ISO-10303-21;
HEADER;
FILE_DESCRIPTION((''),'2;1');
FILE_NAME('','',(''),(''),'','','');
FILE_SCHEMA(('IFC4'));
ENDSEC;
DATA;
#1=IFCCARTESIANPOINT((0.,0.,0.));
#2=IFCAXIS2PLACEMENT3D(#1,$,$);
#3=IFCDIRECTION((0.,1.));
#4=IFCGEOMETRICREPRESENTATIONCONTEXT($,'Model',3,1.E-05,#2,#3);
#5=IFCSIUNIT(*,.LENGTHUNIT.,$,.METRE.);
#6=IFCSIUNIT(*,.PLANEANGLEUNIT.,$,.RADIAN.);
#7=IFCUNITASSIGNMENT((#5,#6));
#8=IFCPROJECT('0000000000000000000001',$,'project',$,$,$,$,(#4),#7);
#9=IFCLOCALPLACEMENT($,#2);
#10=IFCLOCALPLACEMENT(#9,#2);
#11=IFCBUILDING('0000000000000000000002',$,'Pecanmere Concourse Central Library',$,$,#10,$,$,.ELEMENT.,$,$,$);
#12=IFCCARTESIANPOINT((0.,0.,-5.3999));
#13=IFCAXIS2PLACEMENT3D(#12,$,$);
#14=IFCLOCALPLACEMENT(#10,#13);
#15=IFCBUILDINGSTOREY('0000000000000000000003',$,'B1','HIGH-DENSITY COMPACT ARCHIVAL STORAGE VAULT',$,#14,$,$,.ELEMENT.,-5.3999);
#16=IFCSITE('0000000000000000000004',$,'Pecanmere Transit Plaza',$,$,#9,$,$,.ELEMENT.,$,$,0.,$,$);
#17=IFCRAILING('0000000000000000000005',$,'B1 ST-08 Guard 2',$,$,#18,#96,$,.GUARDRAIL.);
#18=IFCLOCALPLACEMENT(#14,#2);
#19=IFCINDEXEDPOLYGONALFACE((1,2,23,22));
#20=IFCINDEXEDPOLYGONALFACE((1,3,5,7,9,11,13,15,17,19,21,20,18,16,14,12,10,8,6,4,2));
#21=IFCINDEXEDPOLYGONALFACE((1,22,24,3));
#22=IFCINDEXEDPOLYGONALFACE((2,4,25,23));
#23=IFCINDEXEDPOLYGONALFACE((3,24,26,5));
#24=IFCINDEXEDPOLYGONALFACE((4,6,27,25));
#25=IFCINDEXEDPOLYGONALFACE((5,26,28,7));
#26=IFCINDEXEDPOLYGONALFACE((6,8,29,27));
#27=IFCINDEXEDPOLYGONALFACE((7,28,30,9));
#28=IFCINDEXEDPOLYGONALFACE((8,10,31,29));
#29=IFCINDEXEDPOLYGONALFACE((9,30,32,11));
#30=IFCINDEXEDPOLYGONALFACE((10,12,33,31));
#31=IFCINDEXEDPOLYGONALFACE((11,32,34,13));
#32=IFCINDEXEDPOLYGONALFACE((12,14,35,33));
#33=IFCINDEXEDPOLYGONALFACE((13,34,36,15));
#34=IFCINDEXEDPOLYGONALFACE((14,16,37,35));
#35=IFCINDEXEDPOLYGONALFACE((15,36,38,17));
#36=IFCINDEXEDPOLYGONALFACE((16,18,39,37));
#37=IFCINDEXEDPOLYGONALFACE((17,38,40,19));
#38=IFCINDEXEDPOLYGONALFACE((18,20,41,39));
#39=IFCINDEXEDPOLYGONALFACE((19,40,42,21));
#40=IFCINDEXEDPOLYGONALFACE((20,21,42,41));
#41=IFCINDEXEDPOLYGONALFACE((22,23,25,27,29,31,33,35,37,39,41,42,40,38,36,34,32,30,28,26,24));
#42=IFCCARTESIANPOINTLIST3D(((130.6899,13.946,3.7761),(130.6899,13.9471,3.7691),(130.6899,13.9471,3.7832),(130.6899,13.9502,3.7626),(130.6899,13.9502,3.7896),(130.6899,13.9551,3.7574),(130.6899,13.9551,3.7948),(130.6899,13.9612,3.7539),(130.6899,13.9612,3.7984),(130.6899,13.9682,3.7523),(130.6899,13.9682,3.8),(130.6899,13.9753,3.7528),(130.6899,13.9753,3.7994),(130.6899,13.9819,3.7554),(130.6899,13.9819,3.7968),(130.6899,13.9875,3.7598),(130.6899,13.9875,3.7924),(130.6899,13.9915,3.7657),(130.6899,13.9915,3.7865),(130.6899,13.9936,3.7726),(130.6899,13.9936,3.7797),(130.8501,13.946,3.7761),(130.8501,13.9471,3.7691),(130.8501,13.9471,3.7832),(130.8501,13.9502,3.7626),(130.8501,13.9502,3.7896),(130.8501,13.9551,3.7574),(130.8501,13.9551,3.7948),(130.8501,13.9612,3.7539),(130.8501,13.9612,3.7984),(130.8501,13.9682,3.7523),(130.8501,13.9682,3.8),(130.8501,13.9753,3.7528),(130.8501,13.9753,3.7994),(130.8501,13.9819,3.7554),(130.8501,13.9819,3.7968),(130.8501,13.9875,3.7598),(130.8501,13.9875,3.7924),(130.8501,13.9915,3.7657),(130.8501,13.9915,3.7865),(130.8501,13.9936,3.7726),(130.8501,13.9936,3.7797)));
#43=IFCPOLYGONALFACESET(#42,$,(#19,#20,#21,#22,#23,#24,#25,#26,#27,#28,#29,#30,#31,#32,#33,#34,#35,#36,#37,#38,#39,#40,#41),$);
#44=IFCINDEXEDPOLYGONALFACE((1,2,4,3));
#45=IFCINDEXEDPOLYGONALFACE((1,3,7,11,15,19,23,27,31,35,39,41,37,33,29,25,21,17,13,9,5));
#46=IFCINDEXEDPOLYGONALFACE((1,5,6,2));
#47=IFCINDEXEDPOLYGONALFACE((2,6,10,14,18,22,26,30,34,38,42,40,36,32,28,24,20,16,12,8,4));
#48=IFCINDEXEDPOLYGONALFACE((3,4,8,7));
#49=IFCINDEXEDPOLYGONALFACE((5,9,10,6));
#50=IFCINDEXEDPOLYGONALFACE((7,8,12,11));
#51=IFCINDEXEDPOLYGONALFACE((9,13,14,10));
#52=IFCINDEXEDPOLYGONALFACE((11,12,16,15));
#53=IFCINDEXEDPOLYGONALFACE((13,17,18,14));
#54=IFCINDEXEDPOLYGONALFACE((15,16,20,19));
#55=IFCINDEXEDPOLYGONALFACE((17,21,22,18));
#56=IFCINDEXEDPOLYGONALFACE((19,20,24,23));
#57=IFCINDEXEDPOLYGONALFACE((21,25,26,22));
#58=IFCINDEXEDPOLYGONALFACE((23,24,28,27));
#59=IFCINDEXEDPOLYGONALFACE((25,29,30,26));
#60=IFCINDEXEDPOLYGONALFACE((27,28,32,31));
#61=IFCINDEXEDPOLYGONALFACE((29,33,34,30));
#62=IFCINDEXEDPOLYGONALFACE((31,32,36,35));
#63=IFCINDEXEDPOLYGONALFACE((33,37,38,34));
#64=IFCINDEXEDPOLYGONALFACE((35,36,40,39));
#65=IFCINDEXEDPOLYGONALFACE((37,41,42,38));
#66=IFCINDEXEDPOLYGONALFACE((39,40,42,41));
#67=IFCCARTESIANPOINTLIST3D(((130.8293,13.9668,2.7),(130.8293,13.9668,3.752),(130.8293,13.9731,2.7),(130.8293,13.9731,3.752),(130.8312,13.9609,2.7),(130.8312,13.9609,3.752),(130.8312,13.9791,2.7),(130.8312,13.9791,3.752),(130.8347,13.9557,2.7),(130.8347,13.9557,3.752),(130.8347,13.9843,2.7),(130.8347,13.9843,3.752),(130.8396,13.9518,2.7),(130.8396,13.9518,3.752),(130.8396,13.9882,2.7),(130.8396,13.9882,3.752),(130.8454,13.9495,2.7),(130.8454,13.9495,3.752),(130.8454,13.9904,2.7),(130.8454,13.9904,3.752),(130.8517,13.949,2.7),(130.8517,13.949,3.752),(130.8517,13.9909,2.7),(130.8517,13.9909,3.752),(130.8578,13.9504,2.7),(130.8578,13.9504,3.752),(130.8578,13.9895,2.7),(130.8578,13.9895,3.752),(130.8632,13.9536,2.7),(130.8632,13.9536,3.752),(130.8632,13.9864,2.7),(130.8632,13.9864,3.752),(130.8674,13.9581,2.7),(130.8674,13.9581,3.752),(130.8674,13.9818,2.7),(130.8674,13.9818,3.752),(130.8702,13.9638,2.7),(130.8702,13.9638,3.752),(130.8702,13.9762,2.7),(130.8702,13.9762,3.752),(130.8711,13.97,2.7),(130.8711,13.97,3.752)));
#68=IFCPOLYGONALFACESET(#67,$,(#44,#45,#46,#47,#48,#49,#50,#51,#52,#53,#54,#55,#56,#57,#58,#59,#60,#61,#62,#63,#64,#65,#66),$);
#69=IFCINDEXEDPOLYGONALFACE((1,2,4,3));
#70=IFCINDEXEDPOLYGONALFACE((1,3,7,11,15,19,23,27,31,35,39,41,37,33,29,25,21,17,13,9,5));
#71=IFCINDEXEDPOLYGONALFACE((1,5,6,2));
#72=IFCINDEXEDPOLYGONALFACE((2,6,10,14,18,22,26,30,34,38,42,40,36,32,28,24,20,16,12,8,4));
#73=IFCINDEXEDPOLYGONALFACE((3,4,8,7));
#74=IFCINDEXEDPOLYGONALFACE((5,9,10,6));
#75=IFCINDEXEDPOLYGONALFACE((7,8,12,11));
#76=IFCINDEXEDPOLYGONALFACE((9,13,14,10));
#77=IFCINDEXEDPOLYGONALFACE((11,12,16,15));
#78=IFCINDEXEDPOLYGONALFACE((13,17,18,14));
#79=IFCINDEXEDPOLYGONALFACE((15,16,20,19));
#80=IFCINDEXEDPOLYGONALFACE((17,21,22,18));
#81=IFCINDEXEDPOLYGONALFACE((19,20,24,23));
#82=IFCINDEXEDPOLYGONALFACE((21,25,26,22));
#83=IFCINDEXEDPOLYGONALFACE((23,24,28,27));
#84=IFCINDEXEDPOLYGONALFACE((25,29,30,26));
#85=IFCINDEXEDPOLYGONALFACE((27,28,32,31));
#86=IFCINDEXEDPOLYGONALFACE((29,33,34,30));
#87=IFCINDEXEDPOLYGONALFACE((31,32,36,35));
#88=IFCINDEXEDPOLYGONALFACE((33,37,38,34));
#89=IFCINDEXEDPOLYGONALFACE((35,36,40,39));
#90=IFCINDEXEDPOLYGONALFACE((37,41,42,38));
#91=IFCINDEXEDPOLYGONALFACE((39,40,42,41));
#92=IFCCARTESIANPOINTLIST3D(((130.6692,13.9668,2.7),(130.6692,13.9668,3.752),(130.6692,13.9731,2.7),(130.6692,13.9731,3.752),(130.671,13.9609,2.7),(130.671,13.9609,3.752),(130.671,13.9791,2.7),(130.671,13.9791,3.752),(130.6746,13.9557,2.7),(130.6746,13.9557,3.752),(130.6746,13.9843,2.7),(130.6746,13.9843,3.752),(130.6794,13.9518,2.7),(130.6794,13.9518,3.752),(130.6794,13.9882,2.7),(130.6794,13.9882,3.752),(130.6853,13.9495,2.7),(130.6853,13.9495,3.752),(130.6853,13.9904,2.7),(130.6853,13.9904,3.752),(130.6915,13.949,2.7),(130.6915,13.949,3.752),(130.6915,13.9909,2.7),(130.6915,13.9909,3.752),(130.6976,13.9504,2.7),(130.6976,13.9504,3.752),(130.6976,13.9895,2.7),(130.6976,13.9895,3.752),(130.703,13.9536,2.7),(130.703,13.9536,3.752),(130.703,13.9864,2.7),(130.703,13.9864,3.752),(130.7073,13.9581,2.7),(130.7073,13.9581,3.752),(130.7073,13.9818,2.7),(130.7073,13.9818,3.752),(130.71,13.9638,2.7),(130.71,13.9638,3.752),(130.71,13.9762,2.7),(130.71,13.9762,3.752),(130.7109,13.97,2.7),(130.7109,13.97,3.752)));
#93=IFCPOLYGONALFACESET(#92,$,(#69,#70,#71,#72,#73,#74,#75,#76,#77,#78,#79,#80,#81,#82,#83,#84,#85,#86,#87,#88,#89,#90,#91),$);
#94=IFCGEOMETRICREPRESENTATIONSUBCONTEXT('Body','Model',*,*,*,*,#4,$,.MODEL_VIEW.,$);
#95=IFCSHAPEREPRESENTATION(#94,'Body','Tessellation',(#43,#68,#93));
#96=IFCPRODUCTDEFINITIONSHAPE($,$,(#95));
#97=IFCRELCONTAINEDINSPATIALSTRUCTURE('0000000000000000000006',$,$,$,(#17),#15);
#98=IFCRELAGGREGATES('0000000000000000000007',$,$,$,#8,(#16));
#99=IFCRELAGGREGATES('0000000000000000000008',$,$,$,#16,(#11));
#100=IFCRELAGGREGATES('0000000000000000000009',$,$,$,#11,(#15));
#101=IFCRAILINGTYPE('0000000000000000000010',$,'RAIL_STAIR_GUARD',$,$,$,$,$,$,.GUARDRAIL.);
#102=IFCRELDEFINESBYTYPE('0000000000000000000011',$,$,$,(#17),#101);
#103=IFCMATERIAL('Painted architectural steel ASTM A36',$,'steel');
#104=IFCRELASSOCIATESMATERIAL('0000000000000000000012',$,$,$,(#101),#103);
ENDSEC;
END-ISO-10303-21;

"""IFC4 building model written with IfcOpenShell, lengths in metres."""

from ifc_helpers import new_model, si_unit, direction, frame, origin, origin_2d, place, context, subcontext, project, spatial, circle, extrude, material, type_object, element, save


model = new_model("IFC4")

# Units and contexts
model_context = context("Model", 3, precision=1e-05, world=origin(), true_north=direction((0.0, 1.0)))
body_context = subcontext(model_context, "Body", "Model", "MODEL_VIEW")
ifc_project = project(units=[si_unit("LENGTHUNIT", "METRE"), si_unit("PLANEANGLEUNIT", "RADIAN")], contexts=[model_context])

# Site, building, storey
site_placement = place(None, origin())
site = spatial("IfcSite", under=ifc_project, at=site_placement, Name="Pecanmere Transit Plaza", CompositionType="ELEMENT", RefElevation=0.0)
building_placement = place(site_placement, origin())
building = spatial("IfcBuilding", under=site, at=building_placement, Name="Pecanmere Concourse Central Library", CompositionType="ELEMENT")
storey_placement = place(building_placement, frame((0.0, 0.0, -5.3999)))
storey = spatial("IfcBuildingStorey", under=building, at=storey_placement, Name="B1", Description="HIGH-DENSITY COMPACT ARCHIVAL STORAGE VAULT", CompositionType="ELEMENT", Elevation=-5.3999)

# Railing
ifc_material_1 = material(Name="Painted architectural steel ASTM A36", Category="steel")
railing_type_1 = type_object("IfcRailingType", Name="RAIL_STAIR_GUARD", PredefinedType="GUARDRAIL", material=ifc_material_1)
railing_1_placement = place(storey_placement, frame((130.8501, 13.97, 2.7)))
element("IfcRailing", 1, at=railing_1_placement, inside=storey, type_object=railing_type_1, Name="B1 ST-08 Guard 2", PredefinedType="GUARDRAIL", context=body_context, shape_type="SweptSolid", body=[
    extrude(circle(Radius=0.0239, at=origin_2d()), frame((0.0, 0.0, 1.0762), z_axis=(-1.0, 0.0, 0.0), x_axis=(0.0, -1.0, 0.0)), (0.0, 0.0, 1.0), 0.1602),
    extrude(circle(Radius=0.021, at=origin_2d()), origin(), (0.0, 0.0, 1.0), 1.052),
    extrude(circle(Radius=0.021, at=origin_2d()), frame((-0.1602, 0.0, 0.0)), (0.0, 0.0, 1.0), 1.052),
])

save(model, "model.ifc")
